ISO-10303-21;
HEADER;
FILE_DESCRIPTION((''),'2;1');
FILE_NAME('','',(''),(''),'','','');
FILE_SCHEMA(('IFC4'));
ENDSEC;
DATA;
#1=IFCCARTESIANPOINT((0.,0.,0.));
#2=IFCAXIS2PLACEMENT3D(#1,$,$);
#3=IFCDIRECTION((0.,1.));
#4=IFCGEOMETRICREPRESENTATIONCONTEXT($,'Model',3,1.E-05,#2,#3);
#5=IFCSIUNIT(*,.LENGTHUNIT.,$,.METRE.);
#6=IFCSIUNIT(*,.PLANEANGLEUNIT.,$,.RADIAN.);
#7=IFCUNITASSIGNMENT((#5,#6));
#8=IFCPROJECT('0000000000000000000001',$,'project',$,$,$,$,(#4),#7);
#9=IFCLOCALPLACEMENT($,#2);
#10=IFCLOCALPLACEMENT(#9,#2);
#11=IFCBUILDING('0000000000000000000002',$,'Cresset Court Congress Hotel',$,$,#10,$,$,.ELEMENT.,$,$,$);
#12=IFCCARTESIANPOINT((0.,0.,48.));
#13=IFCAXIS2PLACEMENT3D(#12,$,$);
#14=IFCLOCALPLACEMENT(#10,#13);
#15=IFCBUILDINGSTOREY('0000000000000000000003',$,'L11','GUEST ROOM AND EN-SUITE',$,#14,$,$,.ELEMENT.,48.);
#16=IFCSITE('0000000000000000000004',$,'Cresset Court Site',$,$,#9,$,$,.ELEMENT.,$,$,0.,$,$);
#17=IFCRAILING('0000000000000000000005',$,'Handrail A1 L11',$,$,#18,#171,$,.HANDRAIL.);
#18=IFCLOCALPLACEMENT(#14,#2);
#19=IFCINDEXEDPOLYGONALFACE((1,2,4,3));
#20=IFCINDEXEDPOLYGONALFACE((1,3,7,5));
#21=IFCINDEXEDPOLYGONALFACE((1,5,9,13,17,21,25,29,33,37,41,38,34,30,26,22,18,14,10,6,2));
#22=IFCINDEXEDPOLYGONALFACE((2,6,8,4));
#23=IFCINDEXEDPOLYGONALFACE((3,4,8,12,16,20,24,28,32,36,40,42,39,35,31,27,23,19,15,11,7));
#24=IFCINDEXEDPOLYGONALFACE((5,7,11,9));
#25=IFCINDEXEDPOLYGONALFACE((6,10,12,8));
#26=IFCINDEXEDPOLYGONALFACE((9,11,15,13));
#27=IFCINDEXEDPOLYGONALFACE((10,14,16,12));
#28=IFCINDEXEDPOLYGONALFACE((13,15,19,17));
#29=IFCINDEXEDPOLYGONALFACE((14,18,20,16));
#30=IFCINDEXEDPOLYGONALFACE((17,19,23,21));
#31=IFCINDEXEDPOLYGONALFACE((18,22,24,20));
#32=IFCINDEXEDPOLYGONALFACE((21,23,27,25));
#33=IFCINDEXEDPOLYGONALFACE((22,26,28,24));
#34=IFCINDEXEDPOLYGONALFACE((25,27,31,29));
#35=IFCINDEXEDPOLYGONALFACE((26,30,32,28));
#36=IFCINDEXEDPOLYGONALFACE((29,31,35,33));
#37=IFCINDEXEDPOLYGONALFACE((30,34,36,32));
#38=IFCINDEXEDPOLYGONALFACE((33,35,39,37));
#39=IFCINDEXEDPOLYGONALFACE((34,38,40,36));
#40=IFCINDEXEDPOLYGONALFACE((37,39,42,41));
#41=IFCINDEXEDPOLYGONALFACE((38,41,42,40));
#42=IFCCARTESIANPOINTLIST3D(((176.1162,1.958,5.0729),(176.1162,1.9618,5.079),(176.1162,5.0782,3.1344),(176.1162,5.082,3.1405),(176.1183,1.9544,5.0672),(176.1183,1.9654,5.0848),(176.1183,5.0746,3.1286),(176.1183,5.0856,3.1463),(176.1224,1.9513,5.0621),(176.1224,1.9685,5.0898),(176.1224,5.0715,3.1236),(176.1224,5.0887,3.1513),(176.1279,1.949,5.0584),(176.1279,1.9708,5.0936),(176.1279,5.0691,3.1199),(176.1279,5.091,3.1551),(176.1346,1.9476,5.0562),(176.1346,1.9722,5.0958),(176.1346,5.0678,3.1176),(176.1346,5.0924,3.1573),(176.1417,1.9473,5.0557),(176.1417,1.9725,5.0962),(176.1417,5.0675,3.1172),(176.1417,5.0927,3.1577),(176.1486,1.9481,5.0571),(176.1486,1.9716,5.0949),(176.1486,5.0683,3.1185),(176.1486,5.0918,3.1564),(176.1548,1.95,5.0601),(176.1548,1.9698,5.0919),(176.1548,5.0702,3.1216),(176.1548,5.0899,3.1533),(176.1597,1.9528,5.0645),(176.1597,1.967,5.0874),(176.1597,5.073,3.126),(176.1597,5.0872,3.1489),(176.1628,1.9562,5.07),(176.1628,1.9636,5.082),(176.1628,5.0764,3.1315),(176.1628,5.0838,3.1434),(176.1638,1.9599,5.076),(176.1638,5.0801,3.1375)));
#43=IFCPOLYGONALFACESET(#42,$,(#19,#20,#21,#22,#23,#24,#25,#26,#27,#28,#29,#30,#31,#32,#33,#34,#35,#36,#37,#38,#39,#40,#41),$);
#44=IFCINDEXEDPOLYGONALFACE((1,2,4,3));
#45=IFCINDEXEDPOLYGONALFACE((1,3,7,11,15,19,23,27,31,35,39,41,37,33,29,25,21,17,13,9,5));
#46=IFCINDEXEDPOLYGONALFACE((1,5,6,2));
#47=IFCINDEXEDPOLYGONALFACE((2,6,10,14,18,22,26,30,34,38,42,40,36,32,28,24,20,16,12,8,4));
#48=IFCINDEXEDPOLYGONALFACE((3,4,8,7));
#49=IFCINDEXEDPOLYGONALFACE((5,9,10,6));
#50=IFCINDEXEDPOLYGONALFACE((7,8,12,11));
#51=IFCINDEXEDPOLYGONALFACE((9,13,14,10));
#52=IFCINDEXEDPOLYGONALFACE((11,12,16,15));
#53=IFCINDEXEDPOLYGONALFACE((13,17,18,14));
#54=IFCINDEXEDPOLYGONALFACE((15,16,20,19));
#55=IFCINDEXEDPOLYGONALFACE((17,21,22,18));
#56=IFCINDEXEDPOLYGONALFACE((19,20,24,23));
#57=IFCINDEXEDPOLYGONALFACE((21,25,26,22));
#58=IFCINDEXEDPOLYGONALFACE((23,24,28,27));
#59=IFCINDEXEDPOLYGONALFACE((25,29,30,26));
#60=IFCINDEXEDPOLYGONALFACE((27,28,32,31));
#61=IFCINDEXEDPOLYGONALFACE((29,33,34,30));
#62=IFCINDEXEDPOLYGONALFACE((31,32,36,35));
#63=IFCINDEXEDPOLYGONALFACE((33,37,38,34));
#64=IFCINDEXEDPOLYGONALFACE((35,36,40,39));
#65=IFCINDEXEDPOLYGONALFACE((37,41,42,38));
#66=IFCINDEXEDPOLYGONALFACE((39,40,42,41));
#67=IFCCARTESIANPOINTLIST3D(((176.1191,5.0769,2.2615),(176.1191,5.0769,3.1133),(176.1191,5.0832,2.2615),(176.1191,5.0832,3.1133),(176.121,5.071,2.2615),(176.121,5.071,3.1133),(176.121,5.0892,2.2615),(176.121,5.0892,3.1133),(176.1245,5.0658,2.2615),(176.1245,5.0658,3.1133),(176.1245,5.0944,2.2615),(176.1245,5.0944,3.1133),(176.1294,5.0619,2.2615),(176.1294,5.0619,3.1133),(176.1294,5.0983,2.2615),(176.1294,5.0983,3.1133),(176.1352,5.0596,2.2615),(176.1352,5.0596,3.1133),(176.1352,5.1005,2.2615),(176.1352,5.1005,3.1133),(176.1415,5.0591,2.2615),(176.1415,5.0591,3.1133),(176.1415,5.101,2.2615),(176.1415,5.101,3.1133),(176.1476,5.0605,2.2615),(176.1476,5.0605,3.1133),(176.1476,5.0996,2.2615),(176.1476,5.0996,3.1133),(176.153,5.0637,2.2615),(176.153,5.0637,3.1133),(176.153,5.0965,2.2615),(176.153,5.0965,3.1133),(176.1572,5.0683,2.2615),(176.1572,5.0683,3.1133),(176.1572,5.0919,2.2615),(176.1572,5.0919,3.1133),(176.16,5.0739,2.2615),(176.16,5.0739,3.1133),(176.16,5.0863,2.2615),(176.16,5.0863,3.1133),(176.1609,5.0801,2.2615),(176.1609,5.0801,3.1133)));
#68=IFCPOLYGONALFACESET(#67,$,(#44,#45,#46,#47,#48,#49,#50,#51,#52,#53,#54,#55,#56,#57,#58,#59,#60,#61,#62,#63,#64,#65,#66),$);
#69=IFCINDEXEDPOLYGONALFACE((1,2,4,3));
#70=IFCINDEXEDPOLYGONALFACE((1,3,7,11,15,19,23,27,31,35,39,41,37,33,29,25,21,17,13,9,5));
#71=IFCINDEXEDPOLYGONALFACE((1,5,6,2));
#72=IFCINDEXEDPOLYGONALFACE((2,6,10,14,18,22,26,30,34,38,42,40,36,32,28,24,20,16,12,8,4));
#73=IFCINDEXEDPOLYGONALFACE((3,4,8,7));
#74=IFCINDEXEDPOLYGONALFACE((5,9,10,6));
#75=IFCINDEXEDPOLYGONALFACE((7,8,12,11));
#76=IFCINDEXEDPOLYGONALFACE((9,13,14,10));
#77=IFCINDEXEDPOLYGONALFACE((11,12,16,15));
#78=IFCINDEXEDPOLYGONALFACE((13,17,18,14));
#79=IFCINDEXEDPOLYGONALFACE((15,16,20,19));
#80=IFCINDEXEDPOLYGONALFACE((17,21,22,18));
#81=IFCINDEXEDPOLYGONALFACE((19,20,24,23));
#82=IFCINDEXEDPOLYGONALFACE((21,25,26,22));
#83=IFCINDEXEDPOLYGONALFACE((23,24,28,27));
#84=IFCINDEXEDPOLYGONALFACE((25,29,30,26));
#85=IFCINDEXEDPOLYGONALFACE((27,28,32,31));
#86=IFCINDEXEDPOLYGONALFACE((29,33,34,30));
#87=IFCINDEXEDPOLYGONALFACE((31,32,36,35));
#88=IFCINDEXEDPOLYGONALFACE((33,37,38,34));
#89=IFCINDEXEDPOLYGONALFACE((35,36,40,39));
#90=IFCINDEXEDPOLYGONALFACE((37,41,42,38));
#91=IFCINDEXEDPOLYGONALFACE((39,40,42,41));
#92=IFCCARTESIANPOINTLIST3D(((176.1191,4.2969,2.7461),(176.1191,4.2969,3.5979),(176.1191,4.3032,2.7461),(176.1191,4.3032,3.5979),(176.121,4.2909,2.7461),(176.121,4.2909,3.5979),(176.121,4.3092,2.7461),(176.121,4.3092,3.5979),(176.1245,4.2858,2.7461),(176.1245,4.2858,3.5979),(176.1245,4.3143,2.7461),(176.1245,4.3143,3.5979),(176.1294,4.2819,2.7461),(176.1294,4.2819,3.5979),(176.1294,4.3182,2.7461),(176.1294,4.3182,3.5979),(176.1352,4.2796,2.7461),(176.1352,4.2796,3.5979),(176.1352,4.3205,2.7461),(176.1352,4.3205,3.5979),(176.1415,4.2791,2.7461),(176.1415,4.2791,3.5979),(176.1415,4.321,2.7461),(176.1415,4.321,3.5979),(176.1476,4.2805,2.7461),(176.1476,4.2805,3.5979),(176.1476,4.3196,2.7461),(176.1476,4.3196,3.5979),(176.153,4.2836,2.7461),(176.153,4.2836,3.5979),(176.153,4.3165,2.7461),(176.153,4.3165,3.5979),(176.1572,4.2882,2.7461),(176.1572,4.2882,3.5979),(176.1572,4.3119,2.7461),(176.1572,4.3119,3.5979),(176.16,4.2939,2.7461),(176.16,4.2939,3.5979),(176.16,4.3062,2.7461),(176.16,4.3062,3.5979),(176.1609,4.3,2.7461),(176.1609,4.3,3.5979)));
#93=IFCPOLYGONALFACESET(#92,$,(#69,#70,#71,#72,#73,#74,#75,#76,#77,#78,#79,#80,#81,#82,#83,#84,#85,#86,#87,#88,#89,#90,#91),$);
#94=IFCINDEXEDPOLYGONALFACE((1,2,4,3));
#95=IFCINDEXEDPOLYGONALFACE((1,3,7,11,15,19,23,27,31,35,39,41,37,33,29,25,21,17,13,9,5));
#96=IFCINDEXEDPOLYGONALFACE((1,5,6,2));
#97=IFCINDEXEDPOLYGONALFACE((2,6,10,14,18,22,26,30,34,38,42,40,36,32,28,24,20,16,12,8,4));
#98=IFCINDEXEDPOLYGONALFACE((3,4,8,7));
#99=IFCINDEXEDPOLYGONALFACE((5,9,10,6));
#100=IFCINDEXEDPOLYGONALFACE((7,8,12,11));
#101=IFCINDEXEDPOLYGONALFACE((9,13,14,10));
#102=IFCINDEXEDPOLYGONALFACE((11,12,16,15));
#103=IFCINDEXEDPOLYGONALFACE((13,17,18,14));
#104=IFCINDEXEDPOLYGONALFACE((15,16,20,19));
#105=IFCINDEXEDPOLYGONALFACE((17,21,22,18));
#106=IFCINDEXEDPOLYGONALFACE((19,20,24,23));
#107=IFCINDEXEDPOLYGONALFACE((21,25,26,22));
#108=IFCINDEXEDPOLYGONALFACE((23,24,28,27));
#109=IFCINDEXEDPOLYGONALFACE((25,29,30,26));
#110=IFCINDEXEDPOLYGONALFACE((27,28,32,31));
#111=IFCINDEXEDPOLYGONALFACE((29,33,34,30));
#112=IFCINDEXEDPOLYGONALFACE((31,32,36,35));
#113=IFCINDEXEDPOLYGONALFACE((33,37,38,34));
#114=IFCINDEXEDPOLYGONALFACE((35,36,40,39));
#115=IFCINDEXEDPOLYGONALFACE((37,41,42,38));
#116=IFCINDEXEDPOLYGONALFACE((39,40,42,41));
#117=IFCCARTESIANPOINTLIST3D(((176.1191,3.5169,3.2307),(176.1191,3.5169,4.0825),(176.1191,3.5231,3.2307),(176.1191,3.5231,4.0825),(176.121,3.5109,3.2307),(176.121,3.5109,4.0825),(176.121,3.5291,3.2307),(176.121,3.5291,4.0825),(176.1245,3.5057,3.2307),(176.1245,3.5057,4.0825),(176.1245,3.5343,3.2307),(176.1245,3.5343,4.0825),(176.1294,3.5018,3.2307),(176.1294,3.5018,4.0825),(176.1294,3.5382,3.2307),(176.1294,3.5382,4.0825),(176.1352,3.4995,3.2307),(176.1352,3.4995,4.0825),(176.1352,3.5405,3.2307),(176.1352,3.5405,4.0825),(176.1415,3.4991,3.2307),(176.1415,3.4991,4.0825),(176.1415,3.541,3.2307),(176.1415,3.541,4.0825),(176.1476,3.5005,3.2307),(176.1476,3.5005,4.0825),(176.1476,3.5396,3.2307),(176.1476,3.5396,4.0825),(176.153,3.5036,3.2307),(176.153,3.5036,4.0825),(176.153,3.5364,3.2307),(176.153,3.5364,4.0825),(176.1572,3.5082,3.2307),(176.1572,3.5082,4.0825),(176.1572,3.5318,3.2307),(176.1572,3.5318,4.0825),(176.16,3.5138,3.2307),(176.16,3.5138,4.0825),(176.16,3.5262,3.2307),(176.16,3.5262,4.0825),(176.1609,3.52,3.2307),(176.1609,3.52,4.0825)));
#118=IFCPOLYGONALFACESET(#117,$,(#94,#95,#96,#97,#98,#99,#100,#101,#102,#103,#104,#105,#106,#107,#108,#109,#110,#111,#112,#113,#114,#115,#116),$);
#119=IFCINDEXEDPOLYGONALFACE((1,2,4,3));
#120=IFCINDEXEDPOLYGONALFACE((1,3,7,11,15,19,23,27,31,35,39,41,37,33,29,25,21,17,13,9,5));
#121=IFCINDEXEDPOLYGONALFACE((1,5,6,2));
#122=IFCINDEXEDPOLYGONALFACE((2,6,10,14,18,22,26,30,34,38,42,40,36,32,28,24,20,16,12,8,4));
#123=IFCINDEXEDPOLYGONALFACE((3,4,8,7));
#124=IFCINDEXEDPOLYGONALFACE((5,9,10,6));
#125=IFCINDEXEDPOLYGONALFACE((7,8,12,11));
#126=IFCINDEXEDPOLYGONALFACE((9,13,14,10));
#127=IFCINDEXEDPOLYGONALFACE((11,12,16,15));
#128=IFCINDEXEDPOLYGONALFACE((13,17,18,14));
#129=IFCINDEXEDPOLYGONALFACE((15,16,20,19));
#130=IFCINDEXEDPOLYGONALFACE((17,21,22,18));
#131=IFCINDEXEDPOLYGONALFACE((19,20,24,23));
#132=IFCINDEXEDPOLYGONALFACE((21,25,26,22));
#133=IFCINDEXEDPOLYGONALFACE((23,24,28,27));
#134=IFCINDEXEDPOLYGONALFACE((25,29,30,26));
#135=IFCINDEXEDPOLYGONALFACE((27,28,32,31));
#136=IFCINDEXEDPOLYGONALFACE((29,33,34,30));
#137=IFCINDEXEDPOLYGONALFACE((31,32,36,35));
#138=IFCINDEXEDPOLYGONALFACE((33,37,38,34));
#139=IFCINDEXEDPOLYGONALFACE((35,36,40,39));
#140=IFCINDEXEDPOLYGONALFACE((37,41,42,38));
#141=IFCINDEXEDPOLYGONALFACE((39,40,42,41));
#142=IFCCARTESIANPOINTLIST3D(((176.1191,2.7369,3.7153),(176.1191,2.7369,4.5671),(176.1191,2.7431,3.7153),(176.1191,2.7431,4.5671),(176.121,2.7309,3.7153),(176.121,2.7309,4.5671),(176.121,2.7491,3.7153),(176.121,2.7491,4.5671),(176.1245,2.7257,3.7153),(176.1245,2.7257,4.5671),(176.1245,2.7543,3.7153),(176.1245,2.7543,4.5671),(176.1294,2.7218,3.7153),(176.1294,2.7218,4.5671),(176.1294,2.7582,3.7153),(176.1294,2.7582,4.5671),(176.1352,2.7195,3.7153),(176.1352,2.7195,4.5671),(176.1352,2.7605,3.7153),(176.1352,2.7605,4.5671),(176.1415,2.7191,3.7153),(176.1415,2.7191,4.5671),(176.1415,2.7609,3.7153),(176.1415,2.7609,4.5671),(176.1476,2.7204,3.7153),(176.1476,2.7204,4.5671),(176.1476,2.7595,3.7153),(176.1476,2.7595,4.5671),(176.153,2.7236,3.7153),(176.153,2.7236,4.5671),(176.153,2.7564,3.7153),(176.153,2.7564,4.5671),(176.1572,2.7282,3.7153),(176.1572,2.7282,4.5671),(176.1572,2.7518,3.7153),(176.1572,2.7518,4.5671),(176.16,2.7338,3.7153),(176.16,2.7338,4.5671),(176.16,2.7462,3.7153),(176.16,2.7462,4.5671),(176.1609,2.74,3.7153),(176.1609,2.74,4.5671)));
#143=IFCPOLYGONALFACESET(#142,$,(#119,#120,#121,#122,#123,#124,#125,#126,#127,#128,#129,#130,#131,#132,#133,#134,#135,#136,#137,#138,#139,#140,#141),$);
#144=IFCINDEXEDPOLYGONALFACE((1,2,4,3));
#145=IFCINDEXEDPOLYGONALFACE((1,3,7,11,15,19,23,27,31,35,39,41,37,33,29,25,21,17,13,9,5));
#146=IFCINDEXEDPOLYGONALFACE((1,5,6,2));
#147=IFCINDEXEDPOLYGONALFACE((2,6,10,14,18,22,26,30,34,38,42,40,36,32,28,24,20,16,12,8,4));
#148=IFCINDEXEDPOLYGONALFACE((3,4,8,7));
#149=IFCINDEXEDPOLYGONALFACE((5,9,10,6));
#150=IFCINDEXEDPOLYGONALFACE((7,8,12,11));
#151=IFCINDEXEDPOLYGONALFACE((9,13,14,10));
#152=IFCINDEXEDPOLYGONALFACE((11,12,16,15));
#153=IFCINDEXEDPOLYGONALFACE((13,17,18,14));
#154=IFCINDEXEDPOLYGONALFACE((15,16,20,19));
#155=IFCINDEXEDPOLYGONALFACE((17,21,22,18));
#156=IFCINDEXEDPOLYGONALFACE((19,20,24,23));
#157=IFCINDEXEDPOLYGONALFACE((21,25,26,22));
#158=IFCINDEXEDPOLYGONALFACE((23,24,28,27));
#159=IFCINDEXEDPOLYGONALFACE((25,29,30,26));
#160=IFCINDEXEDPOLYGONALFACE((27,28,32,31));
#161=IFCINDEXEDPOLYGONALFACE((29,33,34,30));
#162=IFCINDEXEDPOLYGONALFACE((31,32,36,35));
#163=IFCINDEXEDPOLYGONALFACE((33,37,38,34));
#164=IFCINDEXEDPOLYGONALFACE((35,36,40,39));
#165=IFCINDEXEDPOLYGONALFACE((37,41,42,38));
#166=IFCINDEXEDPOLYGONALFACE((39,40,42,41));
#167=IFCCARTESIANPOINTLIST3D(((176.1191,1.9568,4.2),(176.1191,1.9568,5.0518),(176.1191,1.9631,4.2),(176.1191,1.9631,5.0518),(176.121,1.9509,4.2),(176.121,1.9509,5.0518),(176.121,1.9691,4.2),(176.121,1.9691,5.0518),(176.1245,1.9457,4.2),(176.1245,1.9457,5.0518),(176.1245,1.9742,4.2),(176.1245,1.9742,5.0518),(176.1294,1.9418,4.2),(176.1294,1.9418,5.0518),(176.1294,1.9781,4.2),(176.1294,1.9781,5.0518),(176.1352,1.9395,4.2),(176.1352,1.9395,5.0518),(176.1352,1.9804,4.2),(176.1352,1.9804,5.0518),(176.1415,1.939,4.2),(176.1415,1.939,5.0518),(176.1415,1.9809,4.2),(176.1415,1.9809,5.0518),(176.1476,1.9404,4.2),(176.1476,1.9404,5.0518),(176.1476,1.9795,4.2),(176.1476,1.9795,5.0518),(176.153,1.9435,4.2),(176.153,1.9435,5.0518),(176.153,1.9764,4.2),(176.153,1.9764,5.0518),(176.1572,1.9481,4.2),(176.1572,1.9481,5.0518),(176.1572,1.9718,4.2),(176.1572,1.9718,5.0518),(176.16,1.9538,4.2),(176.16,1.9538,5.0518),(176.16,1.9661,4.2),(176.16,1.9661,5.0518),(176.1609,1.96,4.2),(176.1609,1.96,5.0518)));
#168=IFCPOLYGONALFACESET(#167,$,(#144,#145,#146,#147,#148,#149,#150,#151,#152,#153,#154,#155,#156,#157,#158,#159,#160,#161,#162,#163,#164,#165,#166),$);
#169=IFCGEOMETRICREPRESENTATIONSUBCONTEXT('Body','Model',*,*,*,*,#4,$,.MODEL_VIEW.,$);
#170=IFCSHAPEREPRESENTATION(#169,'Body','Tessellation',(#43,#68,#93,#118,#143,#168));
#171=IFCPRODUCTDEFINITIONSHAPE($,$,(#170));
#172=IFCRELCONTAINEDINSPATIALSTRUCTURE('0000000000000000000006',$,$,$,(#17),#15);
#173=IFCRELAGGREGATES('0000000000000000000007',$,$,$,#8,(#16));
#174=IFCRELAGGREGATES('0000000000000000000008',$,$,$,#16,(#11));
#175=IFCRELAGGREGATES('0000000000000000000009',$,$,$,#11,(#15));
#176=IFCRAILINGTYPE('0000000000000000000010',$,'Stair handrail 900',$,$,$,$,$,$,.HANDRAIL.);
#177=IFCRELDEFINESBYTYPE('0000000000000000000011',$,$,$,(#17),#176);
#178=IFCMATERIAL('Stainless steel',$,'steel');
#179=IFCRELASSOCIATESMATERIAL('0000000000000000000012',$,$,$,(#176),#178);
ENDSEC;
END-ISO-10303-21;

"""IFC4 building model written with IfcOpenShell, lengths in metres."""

from ifc_helpers import new_model, si_unit, direction, frame, origin, origin_2d, place, context, subcontext, project, spatial, circle, extrude, material, type_object, element, save


model = new_model("IFC4")

# Units and contexts
model_context = context("Model", 3, precision=1e-05, world=origin(), true_north=direction((0.0, 1.0)))
body_context = subcontext(model_context, "Body", "Model", "MODEL_VIEW")
ifc_project = project(units=[si_unit("LENGTHUNIT", "METRE"), si_unit("PLANEANGLEUNIT", "RADIAN")], contexts=[model_context])

# Site, building, storey
site_placement = place(None, origin())
site = spatial("IfcSite", under=ifc_project, at=site_placement, Name="Cresset Court Site", CompositionType="ELEMENT", RefElevation=0.0)
building_placement = place(site_placement, origin())
building = spatial("IfcBuilding", under=site, at=building_placement, Name="Cresset Court Congress Hotel", CompositionType="ELEMENT")
storey_placement = place(building_placement, frame((0.0, 0.0, 48.0)))
storey = spatial("IfcBuildingStorey", under=building, at=storey_placement, Name="L11", Description="GUEST ROOM AND EN-SUITE", CompositionType="ELEMENT", Elevation=48.0)

# Railing
ifc_material_1 = material(Name="Stainless steel", Category="steel")
railing_type_1 = type_object("IfcRailingType", Name="Stair handrail 900", PredefinedType="HANDRAIL", material=ifc_material_1)
for number, where, name in (
    (1, (176.1399, 5.0801, 2.2615), "Handrail A1 L11"),
):
    element("IfcRailing", number, at=place(storey_placement, frame(where)), inside=storey, type_object=railing_type_1, Name=name, PredefinedType="HANDRAIL", context=body_context, shape_type="SweptSolid", body=[
        extrude(circle(Radius=0.0239, at=origin_2d()), frame((0.0, 0.0, 0.876), z_axis=(0.0, -0.849414, 0.527727), x_axis=(1.0, 0.0, 0.0)), (0.0, 0.0, 1.0), 3.6733),
        extrude(circle(Radius=0.021, at=origin_2d()), origin(), (0.0, 0.0, 1.0), 0.8518),
        extrude(circle(Radius=0.021, at=origin_2d()), frame((0.0, -0.78, 0.4846)), (0.0, 0.0, 1.0), 0.8518),
        extrude(circle(Radius=0.021, at=origin_2d()), frame((0.0, -1.5601, 0.9692)), (0.0, 0.0, 1.0), 0.8518),
        extrude(circle(Radius=0.021, at=origin_2d()), frame((0.0, -2.3401, 1.4539)), (0.0, 0.0, 1.0), 0.8518),
        extrude(circle(Radius=0.021, at=origin_2d()), frame((0.0, -3.1201, 1.9385)), (0.0, 0.0, 1.0), 0.8518),
    ])

save(model, "model.ifc")
